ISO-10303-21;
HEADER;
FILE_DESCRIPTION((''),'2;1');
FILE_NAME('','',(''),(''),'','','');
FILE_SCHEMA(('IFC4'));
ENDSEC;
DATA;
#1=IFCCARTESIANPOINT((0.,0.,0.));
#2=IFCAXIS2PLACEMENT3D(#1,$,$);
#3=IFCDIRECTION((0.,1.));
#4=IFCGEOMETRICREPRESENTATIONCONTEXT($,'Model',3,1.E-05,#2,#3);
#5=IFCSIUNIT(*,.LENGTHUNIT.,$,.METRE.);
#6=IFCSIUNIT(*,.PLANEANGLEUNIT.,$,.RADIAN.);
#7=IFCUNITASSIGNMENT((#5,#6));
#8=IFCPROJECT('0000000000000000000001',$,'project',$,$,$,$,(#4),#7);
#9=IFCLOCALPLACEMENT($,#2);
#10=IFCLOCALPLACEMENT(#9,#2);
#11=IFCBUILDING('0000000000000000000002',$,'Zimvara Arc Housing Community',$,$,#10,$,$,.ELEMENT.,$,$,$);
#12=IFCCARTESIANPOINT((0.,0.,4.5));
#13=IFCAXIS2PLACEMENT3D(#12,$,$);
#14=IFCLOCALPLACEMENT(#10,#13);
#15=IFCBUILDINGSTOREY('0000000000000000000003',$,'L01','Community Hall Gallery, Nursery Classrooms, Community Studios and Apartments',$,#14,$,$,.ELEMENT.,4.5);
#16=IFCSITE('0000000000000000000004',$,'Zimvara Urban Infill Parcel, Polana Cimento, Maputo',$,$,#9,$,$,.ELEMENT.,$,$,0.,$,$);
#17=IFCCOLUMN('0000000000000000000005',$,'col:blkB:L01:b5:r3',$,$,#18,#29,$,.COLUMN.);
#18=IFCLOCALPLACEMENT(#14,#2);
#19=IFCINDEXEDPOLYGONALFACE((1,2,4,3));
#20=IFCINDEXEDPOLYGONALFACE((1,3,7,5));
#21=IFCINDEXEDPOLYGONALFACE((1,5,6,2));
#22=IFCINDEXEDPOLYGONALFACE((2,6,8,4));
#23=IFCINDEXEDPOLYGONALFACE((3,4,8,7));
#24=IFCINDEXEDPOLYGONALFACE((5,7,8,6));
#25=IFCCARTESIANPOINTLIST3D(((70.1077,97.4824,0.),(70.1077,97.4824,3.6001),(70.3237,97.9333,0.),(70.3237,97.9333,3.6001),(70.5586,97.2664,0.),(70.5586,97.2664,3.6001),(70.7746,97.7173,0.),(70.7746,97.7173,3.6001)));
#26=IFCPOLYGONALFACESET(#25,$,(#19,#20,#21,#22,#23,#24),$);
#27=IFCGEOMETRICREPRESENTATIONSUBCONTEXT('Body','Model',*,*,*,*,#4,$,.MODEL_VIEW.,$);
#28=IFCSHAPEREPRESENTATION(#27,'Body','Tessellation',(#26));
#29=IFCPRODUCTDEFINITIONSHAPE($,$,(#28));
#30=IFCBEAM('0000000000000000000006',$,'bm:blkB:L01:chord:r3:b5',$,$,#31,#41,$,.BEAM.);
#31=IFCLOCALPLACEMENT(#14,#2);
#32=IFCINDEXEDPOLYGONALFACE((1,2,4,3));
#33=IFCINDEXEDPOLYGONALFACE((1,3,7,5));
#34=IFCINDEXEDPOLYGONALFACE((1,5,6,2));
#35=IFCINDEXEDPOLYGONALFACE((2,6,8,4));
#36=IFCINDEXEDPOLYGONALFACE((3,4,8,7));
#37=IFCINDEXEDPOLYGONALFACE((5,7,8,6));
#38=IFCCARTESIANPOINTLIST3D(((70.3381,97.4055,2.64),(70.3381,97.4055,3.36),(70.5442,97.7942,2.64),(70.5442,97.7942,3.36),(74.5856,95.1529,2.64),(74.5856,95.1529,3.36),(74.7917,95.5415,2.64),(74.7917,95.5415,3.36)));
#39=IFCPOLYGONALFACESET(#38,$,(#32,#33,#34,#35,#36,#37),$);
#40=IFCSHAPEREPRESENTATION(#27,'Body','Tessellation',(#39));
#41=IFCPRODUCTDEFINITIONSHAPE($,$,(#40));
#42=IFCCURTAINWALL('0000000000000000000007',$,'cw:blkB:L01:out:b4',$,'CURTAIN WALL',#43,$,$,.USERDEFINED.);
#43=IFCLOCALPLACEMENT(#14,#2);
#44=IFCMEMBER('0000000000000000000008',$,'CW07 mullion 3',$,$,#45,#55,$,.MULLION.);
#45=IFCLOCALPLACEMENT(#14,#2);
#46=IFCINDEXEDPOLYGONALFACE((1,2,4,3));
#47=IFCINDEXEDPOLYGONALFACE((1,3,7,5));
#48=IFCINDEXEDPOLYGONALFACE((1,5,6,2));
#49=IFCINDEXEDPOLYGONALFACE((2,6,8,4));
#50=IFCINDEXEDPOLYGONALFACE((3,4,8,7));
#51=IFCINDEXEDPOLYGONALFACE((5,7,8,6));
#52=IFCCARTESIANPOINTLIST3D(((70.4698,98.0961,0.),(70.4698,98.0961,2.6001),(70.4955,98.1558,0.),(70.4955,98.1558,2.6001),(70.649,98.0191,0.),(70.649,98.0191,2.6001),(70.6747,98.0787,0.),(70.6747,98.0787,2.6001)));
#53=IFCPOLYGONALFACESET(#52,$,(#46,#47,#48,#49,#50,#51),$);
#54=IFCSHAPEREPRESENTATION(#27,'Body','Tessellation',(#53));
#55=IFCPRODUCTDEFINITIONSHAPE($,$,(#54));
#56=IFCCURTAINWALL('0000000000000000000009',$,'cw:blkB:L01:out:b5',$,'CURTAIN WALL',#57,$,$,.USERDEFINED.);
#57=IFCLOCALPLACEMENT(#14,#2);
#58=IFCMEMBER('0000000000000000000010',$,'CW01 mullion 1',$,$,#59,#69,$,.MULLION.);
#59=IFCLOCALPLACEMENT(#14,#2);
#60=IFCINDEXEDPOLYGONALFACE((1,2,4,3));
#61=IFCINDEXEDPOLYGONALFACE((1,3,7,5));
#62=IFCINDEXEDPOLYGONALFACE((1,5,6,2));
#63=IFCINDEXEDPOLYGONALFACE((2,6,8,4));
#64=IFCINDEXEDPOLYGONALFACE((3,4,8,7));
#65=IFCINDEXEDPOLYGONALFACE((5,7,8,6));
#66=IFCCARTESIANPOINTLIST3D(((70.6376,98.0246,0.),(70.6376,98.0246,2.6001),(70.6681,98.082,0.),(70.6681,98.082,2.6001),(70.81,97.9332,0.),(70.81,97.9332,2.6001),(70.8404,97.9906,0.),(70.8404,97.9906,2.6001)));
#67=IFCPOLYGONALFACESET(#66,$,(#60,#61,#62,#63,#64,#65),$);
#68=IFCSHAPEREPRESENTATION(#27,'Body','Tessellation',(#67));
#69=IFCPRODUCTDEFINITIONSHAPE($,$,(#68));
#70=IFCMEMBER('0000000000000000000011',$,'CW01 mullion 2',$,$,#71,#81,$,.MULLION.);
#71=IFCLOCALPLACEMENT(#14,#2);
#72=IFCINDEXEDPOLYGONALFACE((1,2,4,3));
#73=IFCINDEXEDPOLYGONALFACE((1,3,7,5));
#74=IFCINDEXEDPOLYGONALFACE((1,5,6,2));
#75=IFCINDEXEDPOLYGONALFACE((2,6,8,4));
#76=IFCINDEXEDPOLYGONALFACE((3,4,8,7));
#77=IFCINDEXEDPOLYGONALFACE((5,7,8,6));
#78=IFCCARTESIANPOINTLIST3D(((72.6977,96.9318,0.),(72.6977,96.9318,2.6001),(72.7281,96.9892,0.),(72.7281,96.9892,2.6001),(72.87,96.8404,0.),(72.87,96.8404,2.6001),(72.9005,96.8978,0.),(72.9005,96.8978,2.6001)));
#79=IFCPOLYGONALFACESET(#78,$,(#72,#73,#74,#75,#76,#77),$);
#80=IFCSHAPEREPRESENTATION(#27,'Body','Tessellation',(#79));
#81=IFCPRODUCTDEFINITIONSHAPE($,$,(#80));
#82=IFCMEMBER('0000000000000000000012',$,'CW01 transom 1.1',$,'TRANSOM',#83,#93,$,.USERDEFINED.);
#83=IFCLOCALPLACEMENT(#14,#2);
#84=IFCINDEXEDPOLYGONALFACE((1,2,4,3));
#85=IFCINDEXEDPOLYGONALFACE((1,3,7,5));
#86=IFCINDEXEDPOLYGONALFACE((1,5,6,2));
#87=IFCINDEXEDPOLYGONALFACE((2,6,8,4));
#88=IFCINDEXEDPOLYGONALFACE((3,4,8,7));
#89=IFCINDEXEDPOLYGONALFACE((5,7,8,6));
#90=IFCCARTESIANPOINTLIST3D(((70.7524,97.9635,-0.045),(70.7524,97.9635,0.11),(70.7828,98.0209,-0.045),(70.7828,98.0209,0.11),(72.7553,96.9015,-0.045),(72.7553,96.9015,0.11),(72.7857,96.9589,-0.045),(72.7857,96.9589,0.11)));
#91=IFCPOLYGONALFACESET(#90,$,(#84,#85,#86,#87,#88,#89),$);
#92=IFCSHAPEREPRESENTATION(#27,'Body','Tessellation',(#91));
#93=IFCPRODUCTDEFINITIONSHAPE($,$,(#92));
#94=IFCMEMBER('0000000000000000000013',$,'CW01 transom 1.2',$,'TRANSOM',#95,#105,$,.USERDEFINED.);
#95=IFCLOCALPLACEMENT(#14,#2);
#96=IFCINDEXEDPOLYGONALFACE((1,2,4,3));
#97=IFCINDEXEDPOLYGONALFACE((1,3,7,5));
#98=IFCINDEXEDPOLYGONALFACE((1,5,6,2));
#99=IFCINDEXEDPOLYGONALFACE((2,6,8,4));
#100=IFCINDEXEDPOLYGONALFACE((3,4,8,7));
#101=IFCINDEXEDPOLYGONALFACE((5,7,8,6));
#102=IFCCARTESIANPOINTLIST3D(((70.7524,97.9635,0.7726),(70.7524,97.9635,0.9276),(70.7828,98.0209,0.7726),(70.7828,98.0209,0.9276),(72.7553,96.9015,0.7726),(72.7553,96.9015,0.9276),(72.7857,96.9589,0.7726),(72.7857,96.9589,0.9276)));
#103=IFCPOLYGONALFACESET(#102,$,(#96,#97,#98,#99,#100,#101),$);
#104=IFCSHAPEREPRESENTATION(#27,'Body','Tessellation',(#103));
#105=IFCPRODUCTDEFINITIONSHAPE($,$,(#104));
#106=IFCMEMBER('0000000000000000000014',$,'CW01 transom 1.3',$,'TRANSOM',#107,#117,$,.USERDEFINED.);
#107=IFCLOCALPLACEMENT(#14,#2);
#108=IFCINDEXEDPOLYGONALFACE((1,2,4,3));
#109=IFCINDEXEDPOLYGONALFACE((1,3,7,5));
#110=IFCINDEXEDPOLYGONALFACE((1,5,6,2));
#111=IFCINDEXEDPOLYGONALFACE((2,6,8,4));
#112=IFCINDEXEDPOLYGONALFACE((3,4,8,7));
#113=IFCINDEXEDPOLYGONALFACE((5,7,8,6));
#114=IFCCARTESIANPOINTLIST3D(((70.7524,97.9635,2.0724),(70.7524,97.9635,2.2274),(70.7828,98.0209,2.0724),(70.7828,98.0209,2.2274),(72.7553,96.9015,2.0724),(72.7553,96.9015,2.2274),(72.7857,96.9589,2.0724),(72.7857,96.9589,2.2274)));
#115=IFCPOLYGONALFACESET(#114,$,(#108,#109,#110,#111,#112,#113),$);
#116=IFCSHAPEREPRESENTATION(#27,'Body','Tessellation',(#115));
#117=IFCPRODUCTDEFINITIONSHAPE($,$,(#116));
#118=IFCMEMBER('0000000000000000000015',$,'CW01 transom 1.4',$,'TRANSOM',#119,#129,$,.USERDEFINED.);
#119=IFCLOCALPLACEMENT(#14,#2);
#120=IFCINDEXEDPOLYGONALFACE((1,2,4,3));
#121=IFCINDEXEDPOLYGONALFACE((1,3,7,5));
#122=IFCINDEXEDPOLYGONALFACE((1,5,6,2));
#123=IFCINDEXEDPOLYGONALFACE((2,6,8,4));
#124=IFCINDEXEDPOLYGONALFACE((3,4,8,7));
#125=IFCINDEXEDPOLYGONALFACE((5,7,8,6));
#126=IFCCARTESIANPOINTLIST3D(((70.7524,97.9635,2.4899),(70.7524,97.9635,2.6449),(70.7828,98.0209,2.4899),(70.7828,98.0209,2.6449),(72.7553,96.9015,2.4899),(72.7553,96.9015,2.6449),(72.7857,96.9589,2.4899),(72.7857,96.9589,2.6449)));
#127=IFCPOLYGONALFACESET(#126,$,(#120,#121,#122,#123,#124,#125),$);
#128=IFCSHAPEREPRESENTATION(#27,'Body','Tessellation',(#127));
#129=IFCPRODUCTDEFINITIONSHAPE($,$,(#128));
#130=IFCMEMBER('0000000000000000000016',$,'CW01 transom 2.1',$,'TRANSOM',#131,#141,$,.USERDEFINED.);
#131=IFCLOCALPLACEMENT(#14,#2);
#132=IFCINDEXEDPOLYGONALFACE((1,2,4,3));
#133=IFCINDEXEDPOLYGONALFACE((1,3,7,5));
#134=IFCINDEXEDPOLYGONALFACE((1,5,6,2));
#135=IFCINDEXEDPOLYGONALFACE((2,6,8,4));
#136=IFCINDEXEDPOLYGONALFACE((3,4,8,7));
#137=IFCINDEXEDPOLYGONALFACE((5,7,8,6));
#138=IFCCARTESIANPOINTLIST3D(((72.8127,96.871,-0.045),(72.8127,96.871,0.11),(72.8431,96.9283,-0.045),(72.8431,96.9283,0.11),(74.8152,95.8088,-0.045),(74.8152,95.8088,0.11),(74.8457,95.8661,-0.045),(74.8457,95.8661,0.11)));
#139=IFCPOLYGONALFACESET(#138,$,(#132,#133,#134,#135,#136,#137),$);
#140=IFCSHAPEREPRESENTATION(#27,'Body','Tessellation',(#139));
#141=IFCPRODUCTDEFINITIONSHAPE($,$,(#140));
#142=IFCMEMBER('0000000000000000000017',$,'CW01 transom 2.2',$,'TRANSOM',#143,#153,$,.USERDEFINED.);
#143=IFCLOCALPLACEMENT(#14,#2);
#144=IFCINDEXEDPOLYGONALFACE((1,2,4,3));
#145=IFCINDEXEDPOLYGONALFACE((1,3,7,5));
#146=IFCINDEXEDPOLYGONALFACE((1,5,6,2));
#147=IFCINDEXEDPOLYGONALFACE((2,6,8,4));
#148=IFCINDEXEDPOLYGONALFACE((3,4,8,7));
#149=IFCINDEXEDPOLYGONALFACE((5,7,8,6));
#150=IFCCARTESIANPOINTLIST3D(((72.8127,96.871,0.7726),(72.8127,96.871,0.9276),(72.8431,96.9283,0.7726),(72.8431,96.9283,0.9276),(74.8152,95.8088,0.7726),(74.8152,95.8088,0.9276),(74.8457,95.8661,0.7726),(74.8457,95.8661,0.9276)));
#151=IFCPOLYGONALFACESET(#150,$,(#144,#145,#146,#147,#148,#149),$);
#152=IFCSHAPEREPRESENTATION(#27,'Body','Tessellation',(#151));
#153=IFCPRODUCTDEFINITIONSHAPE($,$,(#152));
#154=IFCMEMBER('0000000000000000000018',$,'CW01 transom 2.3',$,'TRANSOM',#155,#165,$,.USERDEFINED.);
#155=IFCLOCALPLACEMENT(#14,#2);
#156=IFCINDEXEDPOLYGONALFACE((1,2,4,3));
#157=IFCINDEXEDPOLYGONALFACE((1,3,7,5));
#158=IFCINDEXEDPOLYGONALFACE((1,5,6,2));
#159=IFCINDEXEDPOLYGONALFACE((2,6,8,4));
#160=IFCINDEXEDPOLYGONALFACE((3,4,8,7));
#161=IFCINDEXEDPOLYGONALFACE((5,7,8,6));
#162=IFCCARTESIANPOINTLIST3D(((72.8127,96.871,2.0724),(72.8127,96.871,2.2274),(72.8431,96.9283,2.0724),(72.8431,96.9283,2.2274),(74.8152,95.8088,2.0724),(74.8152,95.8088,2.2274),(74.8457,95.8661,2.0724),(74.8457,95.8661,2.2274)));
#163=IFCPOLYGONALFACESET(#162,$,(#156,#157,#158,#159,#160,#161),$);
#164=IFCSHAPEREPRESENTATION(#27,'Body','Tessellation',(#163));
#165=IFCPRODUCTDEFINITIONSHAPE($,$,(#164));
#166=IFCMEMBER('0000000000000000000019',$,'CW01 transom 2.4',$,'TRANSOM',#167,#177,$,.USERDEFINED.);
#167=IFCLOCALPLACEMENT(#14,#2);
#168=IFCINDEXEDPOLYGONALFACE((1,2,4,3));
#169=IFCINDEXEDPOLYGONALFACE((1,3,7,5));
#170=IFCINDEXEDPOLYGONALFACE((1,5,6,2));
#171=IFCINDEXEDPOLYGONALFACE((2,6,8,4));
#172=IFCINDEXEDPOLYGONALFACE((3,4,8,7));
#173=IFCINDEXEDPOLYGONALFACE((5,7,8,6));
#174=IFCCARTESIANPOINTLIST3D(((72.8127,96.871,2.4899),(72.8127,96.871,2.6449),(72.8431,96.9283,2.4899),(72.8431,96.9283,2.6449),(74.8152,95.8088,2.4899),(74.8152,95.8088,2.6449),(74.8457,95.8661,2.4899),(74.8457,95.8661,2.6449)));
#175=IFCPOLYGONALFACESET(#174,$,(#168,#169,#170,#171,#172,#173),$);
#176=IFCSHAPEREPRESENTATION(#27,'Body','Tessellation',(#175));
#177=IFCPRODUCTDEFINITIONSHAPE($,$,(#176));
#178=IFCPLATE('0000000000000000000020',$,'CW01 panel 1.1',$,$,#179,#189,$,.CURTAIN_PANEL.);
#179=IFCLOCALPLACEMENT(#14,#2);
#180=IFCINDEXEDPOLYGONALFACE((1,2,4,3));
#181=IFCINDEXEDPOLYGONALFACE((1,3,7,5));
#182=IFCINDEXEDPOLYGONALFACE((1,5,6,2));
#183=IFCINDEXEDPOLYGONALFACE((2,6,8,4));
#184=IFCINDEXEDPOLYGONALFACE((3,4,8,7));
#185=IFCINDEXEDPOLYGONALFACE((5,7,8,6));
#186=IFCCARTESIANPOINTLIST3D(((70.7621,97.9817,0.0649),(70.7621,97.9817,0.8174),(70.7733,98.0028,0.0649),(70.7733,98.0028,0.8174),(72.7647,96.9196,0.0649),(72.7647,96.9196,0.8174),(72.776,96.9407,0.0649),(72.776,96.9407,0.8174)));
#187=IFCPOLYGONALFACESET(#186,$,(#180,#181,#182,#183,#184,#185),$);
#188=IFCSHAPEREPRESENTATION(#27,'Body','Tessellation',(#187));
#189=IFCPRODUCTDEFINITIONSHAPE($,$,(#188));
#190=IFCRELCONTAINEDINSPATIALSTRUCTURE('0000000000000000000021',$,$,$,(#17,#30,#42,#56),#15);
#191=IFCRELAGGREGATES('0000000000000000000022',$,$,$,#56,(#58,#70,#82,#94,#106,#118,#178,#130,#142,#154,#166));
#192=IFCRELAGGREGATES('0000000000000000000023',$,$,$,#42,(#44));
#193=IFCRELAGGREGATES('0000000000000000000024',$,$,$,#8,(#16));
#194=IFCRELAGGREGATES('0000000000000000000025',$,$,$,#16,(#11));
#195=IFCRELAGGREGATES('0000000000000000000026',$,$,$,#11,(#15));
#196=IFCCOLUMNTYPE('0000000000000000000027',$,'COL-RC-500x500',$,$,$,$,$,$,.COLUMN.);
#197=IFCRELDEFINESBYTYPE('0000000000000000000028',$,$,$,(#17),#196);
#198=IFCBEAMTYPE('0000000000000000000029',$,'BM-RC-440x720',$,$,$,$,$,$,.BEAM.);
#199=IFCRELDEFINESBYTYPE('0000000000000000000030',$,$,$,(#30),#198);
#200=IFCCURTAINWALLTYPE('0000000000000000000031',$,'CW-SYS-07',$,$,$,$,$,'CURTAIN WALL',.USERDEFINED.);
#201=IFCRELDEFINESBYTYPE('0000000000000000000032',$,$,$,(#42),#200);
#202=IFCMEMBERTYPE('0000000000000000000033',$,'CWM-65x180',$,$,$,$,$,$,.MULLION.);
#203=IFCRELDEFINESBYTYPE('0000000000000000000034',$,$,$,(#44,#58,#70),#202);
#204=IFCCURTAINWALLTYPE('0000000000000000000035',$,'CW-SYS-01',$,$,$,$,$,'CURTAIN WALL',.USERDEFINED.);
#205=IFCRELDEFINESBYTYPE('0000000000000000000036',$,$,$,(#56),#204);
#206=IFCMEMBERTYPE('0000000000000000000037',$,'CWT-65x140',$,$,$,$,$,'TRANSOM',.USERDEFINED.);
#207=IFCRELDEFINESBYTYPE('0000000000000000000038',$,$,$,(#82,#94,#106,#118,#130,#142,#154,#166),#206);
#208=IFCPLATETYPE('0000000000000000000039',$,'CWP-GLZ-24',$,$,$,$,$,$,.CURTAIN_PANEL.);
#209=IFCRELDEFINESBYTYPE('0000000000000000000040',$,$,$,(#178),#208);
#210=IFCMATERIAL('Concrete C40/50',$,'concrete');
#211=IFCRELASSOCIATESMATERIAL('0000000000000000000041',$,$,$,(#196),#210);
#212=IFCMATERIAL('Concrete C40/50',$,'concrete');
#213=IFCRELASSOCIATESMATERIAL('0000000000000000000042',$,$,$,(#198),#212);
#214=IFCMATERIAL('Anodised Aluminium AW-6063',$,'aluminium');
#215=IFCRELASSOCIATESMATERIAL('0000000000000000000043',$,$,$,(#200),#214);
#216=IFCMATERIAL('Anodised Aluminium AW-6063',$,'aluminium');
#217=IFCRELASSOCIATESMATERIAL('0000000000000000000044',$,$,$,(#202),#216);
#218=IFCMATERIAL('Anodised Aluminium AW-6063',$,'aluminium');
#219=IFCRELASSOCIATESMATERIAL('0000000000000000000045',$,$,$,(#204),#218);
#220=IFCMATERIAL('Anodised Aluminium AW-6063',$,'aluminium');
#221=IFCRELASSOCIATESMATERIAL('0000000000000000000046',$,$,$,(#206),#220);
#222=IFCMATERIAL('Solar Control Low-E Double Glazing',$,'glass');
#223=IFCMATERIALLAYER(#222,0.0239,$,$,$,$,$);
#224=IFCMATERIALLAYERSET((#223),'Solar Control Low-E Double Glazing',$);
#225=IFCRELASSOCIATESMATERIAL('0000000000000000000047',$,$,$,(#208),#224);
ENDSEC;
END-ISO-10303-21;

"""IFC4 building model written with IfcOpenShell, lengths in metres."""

from ifc_helpers import new_model, si_unit, direction, frame, origin, origin_2d, place, context, subcontext, project, spatial, rectangle, extrude, material, layer, layer_set, material_profile, profile_set, type_object, element, aggregate, save


model = new_model("IFC4")

# Units and contexts
model_context = context("Model", 3, precision=1e-05, world=origin(), true_north=direction((0.0, 1.0)))
body_context = subcontext(model_context, "Body", "Model", "MODEL_VIEW")
ifc_project = project(units=[si_unit("LENGTHUNIT", "METRE"), si_unit("PLANEANGLEUNIT", "RADIAN")], contexts=[model_context])

# Site, building, storey
site_placement = place(None, origin())
site = spatial("IfcSite", under=ifc_project, at=site_placement, Name="Zimvara Urban Infill Parcel, Polana Cimento, Maputo", CompositionType="ELEMENT", RefElevation=0.0)
building_placement = place(site_placement, origin())
building = spatial("IfcBuilding", under=site, at=building_placement, Name="Zimvara Arc Housing Community", CompositionType="ELEMENT")
storey_placement = place(building_placement, frame((0.0, 0.0, 4.5)))
storey = spatial("IfcBuildingStorey", under=building, at=storey_placement, Name="L01", Description="Community Hall Gallery, Nursery Classrooms, Community Studios and Apartments", CompositionType="ELEMENT", Elevation=4.5)

# Column
ifc_material_1 = material(Name="Concrete C40/50", Category="concrete")
ifc_material_profile_1 = material_profile(ifc_material_1, rectangle(XDim=0.5, YDim=0.5, at=origin_2d()), Name="RC 500x500")
ifc_profile_set_1 = profile_set([ifc_material_profile_1], Name="Concrete C40/50")
column_type = type_object("IfcColumnType", Name="COL-RC-500x500", PredefinedType="COLUMN", material=ifc_profile_set_1)
column_placement = place(storey_placement, frame((70.4412, 97.5999, 0.0), z_axis=(0.0, 0.0, 1.0), x_axis=(0.432086, 0.901833, 0.0)))
element("IfcColumn", 1, at=column_placement, inside=storey, type_object=column_type, Name="col:blkB:L01:b5:r3", PredefinedType="COLUMN", context=body_context, shape_type="SweptSolid", body=[
    extrude(rectangle(XDim=0.5, YDim=0.5, at=origin_2d()), origin(), (0.0, 0.0, 1.0), 3.6001),
])

# Beam
ifc_material_2 = material(Name="Concrete C40/50", Category="concrete")
ifc_material_profile_2 = material_profile(ifc_material_2, rectangle(XDim=0.4399, YDim=0.72, at=origin_2d()), Name="RC 440x720")
ifc_profile_set_2 = profile_set([ifc_material_profile_2], Name="Concrete C40/50")
beam_type = type_object("IfcBeamType", Name="BM-RC-440x720", PredefinedType="BEAM", material=ifc_profile_set_2)
beam_placement = place(storey_placement, frame((70.4412, 97.5999, 3.0), z_axis=(0.883446, -0.468534, 0.0), x_axis=(0.468534, 0.883446, 0.0)))
element("IfcBeam", 2, at=beam_placement, inside=storey, type_object=beam_type, Name="bm:blkB:L01:chord:r3:b5", PredefinedType="BEAM", context=body_context, shape_type="SweptSolid", body=[
    extrude(rectangle(XDim=0.4399, YDim=0.72, at=origin_2d()), origin(), (0.0, 0.0, 1.0), 4.8079),
])

# Curtain wall, member
ifc_material_3 = material(Name="Anodised Aluminium AW-6063", Category="aluminium")
curtain_wall_type_1 = type_object("IfcCurtainWallType", Name="CW-SYS-07", ElementType="CURTAIN WALL", PredefinedType="USERDEFINED", material=ifc_material_3)
curtain_wall_1_placement = place(storey_placement, origin())
curtain_wall_1 = element("IfcCurtainWall", 3, at=curtain_wall_1_placement, inside=storey, type_object=curtain_wall_type_1, Name="cw:blkB:L01:out:b4", ObjectType="CURTAIN WALL", PredefinedType="USERDEFINED")
ifc_material_4 = material(Name="Anodised Aluminium AW-6063", Category="aluminium")
ifc_material_profile_3 = material_profile(ifc_material_4, rectangle(XDim=0.0649, YDim=0.1951, at=origin_2d()), Name="ALU 65x195")
ifc_profile_set_3 = profile_set([ifc_material_profile_3], Name="Anodised Aluminium AW-6063")
member_type_1 = type_object("IfcMemberType", Name="CWM-65x180", PredefinedType="MULLION", material=ifc_profile_set_3)
member_1_placement = place(storey_placement, frame((70.5723, 98.0874, 0.0), z_axis=(0.0, 0.0, 1.0), x_axis=(0.394904, 0.918722, 0.0)))
member_1 = element("IfcMember", 4, at=member_1_placement, type_object=member_type_1, Name="CW07 mullion 3", PredefinedType="MULLION", context=body_context, shape_type="SweptSolid", body=[
    extrude(rectangle(XDim=0.0649, YDim=0.1951, at=origin_2d()), origin(), (0.0, 0.0, 1.0), 2.6001),
])

# Curtain wall, members, plate
ifc_material_5 = material(Name="Anodised Aluminium AW-6063", Category="aluminium")
curtain_wall_type_2 = type_object("IfcCurtainWallType", Name="CW-SYS-01", ElementType="CURTAIN WALL", PredefinedType="USERDEFINED", material=ifc_material_5)
curtain_wall_2_placement = place(storey_placement, origin())
curtain_wall_2 = element("IfcCurtainWall", 5, at=curtain_wall_2_placement, inside=storey, type_object=curtain_wall_type_2, Name="cw:blkB:L01:out:b5", ObjectType="CURTAIN WALL", PredefinedType="USERDEFINED")
member_2_placement = place(storey_placement, frame((70.739, 98.0076, 0.0), z_axis=(0.0, 0.0, 1.0), x_axis=(0.468547, 0.883439, 0.0)))
member_2 = element("IfcMember", 6, at=member_2_placement, type_object=member_type_1, Name="CW01 mullion 1", PredefinedType="MULLION", context=body_context, shape_type="SweptSolid", body=[
    extrude(rectangle(XDim=0.0649, YDim=0.1951, at=origin_2d()), origin(), (0.0, 0.0, 1.0), 2.6001),
])
member_3_placement = place(storey_placement, frame((72.7991, 96.9148, 0.0), z_axis=(0.0, 0.0, 1.0), x_axis=(0.468547, 0.883439, 0.0)))
member_3 = element("IfcMember", 7, at=member_3_placement, type_object=member_type_1, Name="CW01 mullion 2", PredefinedType="MULLION", context=body_context, shape_type="SweptSolid", body=[
    extrude(rectangle(XDim=0.0649, YDim=0.1951, at=origin_2d()), origin(), (0.0, 0.0, 1.0), 2.6001),
])
ifc_material_6 = material(Name="Anodised Aluminium AW-6063", Category="aluminium")
ifc_material_profile_4 = material_profile(ifc_material_6, rectangle(XDim=0.0649, YDim=0.155, at=origin_2d()), Name="ALU 65x155")
ifc_profile_set_4 = profile_set([ifc_material_profile_4], Name="Anodised Aluminium AW-6063")
member_type_2 = type_object("IfcMemberType", Name="CWT-65x140", ElementType="TRANSOM", PredefinedType="USERDEFINED", material=ifc_profile_set_4)
member_4_placement = place(storey_placement, frame((70.7676, 97.9922, 0.0325), z_axis=(0.883489, -0.468452, 0.0), x_axis=(0.468452, 0.883489, 0.0)))
member_4 = element("IfcMember", 8, at=member_4_placement, type_object=member_type_2, Name="CW01 transom 1.1", ObjectType="TRANSOM", PredefinedType="USERDEFINED", context=body_context, shape_type="SweptSolid", body=[
    extrude(rectangle(XDim=0.0649, YDim=0.155, at=origin_2d()), origin(), (0.0, 0.0, 1.0), 2.2671),
])
member_5_placement = place(storey_placement, frame((70.7676, 97.9922, 0.8501), z_axis=(0.883489, -0.468452, 0.0), x_axis=(0.468452, 0.883489, 0.0)))
member_5 = element("IfcMember", 9, at=member_5_placement, type_object=member_type_2, Name="CW01 transom 1.2", ObjectType="TRANSOM", PredefinedType="USERDEFINED", context=body_context, shape_type="SweptSolid", body=[
    extrude(rectangle(XDim=0.0649, YDim=0.155, at=origin_2d()), origin(), (0.0, 0.0, 1.0), 2.2671),
])
member_6_placement = place(storey_placement, frame((70.7676, 97.9922, 2.1499), z_axis=(0.883489, -0.468452, 0.0), x_axis=(0.468452, 0.883489, 0.0)))
member_6 = element("IfcMember", 10, at=member_6_placement, type_object=member_type_2, Name="CW01 transom 1.3", ObjectType="TRANSOM", PredefinedType="USERDEFINED", context=body_context, shape_type="SweptSolid", body=[
    extrude(rectangle(XDim=0.0649, YDim=0.155, at=origin_2d()), origin(), (0.0, 0.0, 1.0), 2.2671),
])
member_7_placement = place(storey_placement, frame((70.7676, 97.9922, 2.5674), z_axis=(0.883489, -0.468452, 0.0), x_axis=(0.468452, 0.883489, 0.0)))
member_7 = element("IfcMember", 11, at=member_7_placement, type_object=member_type_2, Name="CW01 transom 1.4", ObjectType="TRANSOM", PredefinedType="USERDEFINED", context=body_context, shape_type="SweptSolid", body=[
    extrude(rectangle(XDim=0.0649, YDim=0.155, at=origin_2d()), origin(), (0.0, 0.0, 1.0), 2.2671),
])
member_8_placement = place(storey_placement, frame((72.8279, 96.8997, 0.0325), z_axis=(0.883421, -0.46858, 0.0), x_axis=(0.46858, 0.883421, 0.0)))
member_8 = element("IfcMember", 12, at=member_8_placement, type_object=member_type_2, Name="CW01 transom 2.1", ObjectType="TRANSOM", PredefinedType="USERDEFINED", context=body_context, shape_type="SweptSolid", body=[
    extrude(rectangle(XDim=0.0649, YDim=0.155, at=origin_2d()), origin(), (0.0, 0.0, 1.0), 2.2668),
])
member_9_placement = place(storey_placement, frame((72.8279, 96.8997, 0.8501), z_axis=(0.883421, -0.46858, 0.0), x_axis=(0.46858, 0.883421, 0.0)))
member_9 = element("IfcMember", 13, at=member_9_placement, type_object=member_type_2, Name="CW01 transom 2.2", ObjectType="TRANSOM", PredefinedType="USERDEFINED", context=body_context, shape_type="SweptSolid", body=[
    extrude(rectangle(XDim=0.0649, YDim=0.155, at=origin_2d()), origin(), (0.0, 0.0, 1.0), 2.2668),
])
member_10_placement = place(storey_placement, frame((72.8279, 96.8997, 2.1499), z_axis=(0.883421, -0.46858, 0.0), x_axis=(0.46858, 0.883421, 0.0)))
member_10 = element("IfcMember", 14, at=member_10_placement, type_object=member_type_2, Name="CW01 transom 2.3", ObjectType="TRANSOM", PredefinedType="USERDEFINED", context=body_context, shape_type="SweptSolid", body=[
    extrude(rectangle(XDim=0.0649, YDim=0.155, at=origin_2d()), origin(), (0.0, 0.0, 1.0), 2.2668),
])
member_11_placement = place(storey_placement, frame((72.8279, 96.8997, 2.5674), z_axis=(0.883421, -0.46858, 0.0), x_axis=(0.46858, 0.883421, 0.0)))
member_11 = element("IfcMember", 15, at=member_11_placement, type_object=member_type_2, Name="CW01 transom 2.4", ObjectType="TRANSOM", PredefinedType="USERDEFINED", context=body_context, shape_type="SweptSolid", body=[
    extrude(rectangle(XDim=0.0649, YDim=0.155, at=origin_2d()), origin(), (0.0, 0.0, 1.0), 2.2668),
])
ifc_material_7 = material(Name="Solar Control Low-E Double Glazing", Category="glass")
ifc_layer_1 = layer(ifc_material_7, 0.0239)
ifc_layer_set_1 = layer_set([ifc_layer_1], Name="Solar Control Low-E Double Glazing")
plate_type_1 = type_object("IfcPlateType", Name="CWP-GLZ-24", PredefinedType="CURTAIN_PANEL", material=ifc_layer_set_1)
plate_1_placement = place(storey_placement, frame((71.769, 97.4612, 0.0649), z_axis=(0.0, 0.0, 1.0), x_axis=(0.883439, -0.468547, 0.0)))
plate_1 = element("IfcPlate", 16, at=plate_1_placement, type_object=plate_type_1, Name="CW01 panel 1.1", PredefinedType="CURTAIN_PANEL", context=body_context, shape_type="SweptSolid", body=[
    extrude(rectangle(XDim=2.2668, YDim=0.0239, at=origin_2d()), origin(), (0.0, 0.0, 1.0), 0.7524),
])
aggregate(curtain_wall_2, [member_2, member_3, member_4, member_5, member_6, member_7, plate_1, member_8, member_9, member_10, member_11])

aggregate(curtain_wall_1, [member_1])

save(model, "model.ifc")
